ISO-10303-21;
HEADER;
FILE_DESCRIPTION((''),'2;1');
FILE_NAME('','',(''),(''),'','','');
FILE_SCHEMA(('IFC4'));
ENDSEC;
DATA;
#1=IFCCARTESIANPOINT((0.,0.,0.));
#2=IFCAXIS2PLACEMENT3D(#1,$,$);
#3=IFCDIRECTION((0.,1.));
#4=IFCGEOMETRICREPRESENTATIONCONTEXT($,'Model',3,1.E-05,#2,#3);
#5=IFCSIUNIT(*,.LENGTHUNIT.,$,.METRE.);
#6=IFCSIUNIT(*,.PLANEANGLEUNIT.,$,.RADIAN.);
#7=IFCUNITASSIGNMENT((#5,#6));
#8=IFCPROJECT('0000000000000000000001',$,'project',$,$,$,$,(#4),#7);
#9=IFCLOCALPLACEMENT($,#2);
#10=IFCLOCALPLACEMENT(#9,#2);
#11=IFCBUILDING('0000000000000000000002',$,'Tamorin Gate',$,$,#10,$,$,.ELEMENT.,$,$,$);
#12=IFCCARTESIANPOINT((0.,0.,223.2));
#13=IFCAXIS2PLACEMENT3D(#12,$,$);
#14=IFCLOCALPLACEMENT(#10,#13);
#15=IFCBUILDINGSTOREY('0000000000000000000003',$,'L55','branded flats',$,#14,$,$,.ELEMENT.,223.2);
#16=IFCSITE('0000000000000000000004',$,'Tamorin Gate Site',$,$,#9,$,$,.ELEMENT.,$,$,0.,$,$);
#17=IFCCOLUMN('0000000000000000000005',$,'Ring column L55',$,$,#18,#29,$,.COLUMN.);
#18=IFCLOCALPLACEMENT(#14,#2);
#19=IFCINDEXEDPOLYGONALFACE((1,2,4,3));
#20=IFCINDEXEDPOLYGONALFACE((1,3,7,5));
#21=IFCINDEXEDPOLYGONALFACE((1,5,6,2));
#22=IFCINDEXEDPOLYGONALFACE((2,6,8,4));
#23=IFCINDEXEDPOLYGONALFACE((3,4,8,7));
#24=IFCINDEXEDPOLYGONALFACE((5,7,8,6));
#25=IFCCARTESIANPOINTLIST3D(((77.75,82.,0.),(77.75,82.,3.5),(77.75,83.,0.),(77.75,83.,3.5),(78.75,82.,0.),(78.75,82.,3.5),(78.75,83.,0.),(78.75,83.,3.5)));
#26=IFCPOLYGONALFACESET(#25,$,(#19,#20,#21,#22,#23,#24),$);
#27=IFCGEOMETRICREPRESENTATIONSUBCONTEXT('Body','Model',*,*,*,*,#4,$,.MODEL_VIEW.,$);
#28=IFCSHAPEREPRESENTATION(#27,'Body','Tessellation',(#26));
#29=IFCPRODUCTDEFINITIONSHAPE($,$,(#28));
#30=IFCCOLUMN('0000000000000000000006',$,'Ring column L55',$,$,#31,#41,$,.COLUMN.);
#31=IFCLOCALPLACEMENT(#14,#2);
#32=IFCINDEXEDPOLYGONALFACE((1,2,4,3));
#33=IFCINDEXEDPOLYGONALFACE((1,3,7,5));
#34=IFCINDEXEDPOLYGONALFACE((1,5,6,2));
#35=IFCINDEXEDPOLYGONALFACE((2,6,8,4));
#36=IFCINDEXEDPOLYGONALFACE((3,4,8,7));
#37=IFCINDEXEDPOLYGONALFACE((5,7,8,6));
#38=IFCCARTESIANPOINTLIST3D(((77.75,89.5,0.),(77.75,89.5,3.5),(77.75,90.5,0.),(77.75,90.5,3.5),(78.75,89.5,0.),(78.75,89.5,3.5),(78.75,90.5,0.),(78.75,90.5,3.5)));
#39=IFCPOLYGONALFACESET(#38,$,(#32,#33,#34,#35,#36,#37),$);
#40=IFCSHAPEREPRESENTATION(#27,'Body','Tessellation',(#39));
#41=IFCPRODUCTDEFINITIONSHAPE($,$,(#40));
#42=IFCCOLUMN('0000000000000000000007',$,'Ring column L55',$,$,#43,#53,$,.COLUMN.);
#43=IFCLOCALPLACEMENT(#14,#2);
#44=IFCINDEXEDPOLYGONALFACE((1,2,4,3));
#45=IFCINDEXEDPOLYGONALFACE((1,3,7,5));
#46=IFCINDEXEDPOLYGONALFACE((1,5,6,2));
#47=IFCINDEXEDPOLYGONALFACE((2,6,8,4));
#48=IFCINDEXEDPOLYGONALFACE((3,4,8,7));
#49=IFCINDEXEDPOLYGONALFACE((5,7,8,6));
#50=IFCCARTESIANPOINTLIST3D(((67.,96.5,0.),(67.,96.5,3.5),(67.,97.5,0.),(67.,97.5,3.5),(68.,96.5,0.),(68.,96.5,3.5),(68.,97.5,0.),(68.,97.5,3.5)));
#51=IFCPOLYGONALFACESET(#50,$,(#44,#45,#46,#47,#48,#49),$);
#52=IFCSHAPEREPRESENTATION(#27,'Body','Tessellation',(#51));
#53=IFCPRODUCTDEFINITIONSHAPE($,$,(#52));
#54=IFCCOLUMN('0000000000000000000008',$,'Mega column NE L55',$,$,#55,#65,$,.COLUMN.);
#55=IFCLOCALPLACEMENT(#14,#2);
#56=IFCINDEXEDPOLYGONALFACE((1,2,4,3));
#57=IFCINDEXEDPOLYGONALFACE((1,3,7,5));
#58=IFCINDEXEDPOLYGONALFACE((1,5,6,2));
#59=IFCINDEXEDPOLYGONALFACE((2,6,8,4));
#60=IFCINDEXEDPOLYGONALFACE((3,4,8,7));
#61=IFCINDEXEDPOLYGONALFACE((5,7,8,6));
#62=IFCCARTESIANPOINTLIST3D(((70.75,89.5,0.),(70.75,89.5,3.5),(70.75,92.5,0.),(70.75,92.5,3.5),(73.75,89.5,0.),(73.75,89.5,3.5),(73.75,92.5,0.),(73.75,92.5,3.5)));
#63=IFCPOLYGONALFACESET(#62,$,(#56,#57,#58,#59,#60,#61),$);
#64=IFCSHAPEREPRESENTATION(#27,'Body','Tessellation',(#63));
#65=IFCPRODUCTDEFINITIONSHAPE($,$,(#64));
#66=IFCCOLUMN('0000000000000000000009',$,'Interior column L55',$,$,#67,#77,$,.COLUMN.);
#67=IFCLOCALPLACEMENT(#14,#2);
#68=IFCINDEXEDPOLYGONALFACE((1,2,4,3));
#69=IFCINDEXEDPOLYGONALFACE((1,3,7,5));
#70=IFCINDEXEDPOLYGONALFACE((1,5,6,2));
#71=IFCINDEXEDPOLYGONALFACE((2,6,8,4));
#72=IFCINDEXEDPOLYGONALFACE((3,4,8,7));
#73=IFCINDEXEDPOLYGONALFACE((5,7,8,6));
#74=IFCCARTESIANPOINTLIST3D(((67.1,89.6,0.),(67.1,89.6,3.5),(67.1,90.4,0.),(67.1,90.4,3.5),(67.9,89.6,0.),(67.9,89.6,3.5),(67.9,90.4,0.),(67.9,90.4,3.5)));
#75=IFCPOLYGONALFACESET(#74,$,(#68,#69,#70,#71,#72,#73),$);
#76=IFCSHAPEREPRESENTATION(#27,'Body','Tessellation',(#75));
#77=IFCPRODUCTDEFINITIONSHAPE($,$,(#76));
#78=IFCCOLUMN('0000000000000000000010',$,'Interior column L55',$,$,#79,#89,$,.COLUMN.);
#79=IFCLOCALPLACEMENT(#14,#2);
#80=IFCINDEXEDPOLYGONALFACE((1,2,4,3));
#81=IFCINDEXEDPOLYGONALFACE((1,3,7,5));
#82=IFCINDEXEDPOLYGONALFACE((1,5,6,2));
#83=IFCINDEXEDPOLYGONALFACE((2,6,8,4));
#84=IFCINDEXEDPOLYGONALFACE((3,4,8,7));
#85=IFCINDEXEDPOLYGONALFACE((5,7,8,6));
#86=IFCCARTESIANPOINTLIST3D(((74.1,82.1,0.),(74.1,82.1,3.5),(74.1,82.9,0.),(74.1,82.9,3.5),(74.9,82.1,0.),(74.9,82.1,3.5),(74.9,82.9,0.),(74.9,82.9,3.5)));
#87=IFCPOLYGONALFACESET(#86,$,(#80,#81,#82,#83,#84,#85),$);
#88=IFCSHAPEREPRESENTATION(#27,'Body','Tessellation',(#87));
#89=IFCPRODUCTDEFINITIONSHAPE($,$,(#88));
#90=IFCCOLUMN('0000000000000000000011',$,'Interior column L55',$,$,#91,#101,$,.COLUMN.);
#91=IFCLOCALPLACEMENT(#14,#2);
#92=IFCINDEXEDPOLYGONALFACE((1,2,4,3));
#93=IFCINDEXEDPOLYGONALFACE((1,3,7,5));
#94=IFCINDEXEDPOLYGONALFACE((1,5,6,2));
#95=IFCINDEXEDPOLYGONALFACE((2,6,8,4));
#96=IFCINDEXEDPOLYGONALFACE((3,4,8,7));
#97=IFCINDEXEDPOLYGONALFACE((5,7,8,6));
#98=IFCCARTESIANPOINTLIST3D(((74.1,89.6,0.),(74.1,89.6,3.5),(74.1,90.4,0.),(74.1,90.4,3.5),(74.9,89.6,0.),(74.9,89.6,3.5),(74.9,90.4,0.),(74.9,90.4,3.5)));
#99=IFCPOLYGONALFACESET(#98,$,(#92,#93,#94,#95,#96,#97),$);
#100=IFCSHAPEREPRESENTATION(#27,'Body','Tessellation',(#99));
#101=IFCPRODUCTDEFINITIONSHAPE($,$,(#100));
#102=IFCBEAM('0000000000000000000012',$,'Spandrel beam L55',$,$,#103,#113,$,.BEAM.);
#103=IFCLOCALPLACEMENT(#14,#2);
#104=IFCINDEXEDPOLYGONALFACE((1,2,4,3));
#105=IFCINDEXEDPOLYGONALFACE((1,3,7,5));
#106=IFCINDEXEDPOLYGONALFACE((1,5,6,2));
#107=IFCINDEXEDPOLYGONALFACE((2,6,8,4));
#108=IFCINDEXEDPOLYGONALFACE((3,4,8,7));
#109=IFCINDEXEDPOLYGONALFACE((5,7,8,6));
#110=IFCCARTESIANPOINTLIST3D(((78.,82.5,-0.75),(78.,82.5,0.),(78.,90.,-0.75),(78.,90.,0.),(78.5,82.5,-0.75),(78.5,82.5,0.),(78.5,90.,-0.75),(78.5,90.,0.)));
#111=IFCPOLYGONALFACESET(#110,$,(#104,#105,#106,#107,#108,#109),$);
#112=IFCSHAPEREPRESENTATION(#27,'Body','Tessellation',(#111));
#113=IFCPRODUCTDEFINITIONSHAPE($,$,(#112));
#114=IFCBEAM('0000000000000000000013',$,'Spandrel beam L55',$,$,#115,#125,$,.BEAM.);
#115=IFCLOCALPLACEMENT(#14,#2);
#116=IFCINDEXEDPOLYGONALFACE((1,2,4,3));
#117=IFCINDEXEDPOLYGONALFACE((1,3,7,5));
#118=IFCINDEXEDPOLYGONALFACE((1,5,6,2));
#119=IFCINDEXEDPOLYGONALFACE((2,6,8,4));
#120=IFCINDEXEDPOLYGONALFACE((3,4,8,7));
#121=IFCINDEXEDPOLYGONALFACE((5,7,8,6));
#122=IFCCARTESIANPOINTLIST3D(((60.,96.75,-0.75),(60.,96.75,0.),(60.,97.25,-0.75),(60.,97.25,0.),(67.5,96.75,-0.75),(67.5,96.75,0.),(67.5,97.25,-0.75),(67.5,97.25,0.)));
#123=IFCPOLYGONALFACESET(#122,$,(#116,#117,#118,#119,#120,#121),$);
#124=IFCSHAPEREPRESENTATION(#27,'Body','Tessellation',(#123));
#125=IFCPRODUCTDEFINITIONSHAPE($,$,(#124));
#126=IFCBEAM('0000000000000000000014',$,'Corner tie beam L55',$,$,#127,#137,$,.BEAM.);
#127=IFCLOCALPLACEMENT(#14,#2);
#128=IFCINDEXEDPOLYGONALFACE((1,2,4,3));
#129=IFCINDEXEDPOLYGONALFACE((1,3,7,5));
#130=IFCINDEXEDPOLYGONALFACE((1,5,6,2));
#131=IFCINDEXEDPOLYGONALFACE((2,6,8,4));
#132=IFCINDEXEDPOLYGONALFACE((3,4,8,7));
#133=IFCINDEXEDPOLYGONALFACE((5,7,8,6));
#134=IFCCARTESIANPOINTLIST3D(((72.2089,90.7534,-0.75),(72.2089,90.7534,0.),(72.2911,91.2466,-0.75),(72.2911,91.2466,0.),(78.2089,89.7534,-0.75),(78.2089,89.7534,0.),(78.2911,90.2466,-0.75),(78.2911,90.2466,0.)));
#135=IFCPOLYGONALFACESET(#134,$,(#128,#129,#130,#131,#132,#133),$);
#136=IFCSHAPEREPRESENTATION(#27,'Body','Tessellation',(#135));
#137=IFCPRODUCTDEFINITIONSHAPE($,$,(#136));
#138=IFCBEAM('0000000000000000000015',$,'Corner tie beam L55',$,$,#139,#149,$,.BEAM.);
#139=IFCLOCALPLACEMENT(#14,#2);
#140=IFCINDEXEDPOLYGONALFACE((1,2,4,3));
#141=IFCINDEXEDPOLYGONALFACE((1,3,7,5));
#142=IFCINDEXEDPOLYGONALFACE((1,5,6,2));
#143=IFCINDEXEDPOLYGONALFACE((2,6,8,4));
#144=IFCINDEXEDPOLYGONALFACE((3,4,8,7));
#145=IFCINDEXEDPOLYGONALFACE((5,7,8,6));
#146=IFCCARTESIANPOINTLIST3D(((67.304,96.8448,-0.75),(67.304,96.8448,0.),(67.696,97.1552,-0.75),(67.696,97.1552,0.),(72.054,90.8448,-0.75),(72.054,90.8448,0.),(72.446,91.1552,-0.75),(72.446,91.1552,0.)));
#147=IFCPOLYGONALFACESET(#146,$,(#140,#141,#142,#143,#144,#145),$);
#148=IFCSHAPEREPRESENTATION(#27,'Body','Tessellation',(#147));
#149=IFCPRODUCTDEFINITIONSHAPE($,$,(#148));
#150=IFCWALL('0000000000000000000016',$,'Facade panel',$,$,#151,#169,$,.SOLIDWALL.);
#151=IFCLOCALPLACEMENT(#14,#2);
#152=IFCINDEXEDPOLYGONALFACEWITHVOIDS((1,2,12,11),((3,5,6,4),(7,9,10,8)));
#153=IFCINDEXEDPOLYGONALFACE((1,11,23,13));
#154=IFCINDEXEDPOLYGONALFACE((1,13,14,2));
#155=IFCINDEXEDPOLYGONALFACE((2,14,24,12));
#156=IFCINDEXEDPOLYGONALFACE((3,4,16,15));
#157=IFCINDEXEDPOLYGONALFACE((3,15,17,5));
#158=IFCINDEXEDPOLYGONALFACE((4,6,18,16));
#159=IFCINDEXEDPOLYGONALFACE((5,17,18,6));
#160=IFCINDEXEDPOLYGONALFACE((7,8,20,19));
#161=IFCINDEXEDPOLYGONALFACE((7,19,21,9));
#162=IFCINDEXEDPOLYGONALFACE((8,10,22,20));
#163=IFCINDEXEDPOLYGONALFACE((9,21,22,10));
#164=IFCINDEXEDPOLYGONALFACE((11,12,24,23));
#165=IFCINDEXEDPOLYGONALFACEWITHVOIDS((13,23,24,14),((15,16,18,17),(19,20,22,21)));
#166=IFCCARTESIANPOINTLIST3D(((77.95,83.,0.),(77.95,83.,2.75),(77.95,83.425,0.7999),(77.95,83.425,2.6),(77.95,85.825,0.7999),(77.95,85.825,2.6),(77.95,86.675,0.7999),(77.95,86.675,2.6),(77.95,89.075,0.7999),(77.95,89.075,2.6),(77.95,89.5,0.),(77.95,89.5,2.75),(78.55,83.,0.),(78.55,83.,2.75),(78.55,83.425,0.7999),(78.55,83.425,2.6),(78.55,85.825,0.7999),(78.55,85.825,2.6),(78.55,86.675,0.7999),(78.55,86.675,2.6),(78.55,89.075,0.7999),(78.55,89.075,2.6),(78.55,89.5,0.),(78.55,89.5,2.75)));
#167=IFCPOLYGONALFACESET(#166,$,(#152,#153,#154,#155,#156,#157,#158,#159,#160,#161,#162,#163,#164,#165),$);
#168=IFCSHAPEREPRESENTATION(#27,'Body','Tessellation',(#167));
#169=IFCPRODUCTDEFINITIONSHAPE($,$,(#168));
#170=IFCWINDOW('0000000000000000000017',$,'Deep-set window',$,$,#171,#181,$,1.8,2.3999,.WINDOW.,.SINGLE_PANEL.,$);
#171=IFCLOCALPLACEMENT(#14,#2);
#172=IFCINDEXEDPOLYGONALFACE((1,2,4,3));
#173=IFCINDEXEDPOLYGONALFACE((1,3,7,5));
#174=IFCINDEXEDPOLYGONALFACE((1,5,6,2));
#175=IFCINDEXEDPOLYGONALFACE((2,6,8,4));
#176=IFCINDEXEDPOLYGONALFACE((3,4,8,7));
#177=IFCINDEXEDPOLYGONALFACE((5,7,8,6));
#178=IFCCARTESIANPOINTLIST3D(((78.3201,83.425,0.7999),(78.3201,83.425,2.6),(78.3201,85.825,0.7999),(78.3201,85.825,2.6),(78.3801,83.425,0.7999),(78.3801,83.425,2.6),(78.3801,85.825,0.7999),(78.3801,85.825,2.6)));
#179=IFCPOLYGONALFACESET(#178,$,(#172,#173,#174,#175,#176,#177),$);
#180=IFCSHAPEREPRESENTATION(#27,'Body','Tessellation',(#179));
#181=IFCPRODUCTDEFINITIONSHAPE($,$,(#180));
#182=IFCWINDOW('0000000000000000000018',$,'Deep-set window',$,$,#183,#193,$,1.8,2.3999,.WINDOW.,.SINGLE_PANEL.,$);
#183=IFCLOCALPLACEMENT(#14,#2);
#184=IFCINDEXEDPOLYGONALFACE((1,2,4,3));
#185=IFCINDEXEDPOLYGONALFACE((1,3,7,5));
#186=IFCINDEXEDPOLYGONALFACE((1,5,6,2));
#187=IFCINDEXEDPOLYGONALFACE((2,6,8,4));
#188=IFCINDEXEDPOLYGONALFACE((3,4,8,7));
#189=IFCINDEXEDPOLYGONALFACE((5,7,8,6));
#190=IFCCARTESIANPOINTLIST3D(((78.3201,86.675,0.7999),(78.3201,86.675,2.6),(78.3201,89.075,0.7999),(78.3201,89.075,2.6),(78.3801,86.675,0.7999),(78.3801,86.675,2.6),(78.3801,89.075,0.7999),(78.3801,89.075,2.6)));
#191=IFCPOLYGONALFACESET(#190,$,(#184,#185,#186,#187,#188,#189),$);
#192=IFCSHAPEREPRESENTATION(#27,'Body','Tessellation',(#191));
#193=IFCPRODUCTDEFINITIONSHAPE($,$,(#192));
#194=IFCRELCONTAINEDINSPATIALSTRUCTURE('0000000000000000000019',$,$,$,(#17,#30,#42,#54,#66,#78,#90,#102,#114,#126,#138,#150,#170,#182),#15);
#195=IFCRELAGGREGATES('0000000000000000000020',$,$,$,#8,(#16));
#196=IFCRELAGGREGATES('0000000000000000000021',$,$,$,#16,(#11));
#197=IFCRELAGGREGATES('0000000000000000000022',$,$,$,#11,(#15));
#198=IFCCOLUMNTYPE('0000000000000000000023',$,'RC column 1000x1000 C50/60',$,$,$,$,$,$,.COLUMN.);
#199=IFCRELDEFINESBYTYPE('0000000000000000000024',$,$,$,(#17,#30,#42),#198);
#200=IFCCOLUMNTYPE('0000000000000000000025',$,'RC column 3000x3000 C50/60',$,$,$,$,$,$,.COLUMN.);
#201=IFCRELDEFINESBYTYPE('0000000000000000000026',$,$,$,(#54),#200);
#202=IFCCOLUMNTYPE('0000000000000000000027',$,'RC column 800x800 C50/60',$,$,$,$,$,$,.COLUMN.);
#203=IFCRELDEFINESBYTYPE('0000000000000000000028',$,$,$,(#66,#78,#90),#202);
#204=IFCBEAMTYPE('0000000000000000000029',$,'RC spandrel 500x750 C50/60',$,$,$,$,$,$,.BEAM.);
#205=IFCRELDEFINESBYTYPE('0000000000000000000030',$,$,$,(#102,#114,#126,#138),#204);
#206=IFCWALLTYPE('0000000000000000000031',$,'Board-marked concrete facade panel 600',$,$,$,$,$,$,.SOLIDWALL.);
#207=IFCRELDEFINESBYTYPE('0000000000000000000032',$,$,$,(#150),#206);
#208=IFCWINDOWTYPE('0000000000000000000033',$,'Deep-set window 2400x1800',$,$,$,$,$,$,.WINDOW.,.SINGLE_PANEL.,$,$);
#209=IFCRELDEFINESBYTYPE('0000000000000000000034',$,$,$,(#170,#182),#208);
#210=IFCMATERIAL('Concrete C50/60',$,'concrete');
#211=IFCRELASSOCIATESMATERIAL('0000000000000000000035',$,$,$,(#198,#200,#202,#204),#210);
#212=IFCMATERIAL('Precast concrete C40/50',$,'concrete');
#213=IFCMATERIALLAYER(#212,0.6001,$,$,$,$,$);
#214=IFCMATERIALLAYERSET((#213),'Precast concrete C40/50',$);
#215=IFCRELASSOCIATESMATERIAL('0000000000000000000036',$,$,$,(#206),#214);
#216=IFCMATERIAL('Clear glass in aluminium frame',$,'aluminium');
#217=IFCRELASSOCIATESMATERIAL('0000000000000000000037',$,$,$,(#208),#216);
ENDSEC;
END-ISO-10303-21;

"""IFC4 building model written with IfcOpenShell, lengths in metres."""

from ifc_helpers import new_model, si_unit, direction, frame, frame_2d, origin, origin_2d, place, context, subcontext, project, spatial, rectangle, extrude, material, layer, layer_set, material_profile, profile_set, type_object, element, fill, save


model = new_model("IFC4")

# Units and contexts
model_context = context("Model", 3, precision=1e-05, world=origin(), true_north=direction((0.0, 1.0)))
body_context = subcontext(model_context, "Body", "Model", "MODEL_VIEW")
ifc_project = project(units=[si_unit("LENGTHUNIT", "METRE"), si_unit("PLANEANGLEUNIT", "RADIAN")], contexts=[model_context])

# Site, building, storey
site_placement = place(None, origin())
site = spatial("IfcSite", under=ifc_project, at=site_placement, Name="Tamorin Gate Site", CompositionType="ELEMENT", RefElevation=0.0)
building_placement = place(site_placement, origin())
building = spatial("IfcBuilding", under=site, at=building_placement, Name="Tamorin Gate", CompositionType="ELEMENT")
storey_placement = place(building_placement, frame((0.0, 0.0, 223.2)))
storey = spatial("IfcBuildingStorey", under=building, at=storey_placement, Name="L55", Description="branded flats", CompositionType="ELEMENT", Elevation=223.2)

# Columns
ifc_material_1 = material(Name="Concrete C50/60", Category="concrete")
ifc_material_profile_1 = material_profile(ifc_material_1, rectangle(XDim=1.0, YDim=1.0, at=origin_2d()), Name="RC 1000x1000")
ifc_profile_set_1 = profile_set([ifc_material_profile_1], Name="Concrete C50/60")
column_type_1 = type_object("IfcColumnType", Name="RC column 1000x1000 C50/60", PredefinedType="COLUMN", material=ifc_profile_set_1)
for number, where, z_axis, x_axis, name in (
    (1, (78.25, 82.5, 0.0), (0.0, 0.0, 1.0), (1.0, 0.0, 0.0), "Ring column L55"),
    (2, (78.25, 90.0, 0.0), (0.0, 0.0, 1.0), (1.0, 0.0, 0.0), "Ring column L55"),
    (3, (67.5, 97.0, 0.0), (0.0, 0.0, 1.0), (1.0, 0.0, 0.0), "Ring column L55"),
):
    element("IfcColumn", number, at=place(storey_placement, frame(where, z_axis=z_axis, x_axis=x_axis)), inside=storey, type_object=column_type_1, Name=name, PredefinedType="COLUMN", context=body_context, shape_type="SweptSolid", body=[
        extrude(rectangle(XDim=1.0, YDim=1.0, at=origin_2d()), origin(), (0.0, 0.0, 1.0), 3.5),
    ])
ifc_material_profile_2 = material_profile(ifc_material_1, rectangle(XDim=3.0, YDim=3.0, at=origin_2d()), Name="RC 3000x3000")
ifc_profile_set_2 = profile_set([ifc_material_profile_2], Name="Concrete C50/60")
column_type_2 = type_object("IfcColumnType", Name="RC column 3000x3000 C50/60", PredefinedType="COLUMN", material=ifc_profile_set_2)
column_placement = place(storey_placement, frame((72.25, 91.0, 0.0), z_axis=(0.0, 0.0, 1.0), x_axis=(1.0, 0.0, 0.0)))
element("IfcColumn", 4, at=column_placement, inside=storey, type_object=column_type_2, Name="Mega column NE L55", PredefinedType="COLUMN", context=body_context, shape_type="SweptSolid", body=[
    extrude(rectangle(XDim=3.0, YDim=3.0, at=origin_2d()), origin(), (0.0, 0.0, 1.0), 3.5),
])
ifc_material_profile_3 = material_profile(ifc_material_1, rectangle(XDim=0.8, YDim=0.8, at=origin_2d()), Name="RC 800x800")
ifc_profile_set_3 = profile_set([ifc_material_profile_3], Name="Concrete C50/60")
column_type_3 = type_object("IfcColumnType", Name="RC column 800x800 C50/60", PredefinedType="COLUMN", material=ifc_profile_set_3)
for number, where, z_axis, x_axis, name in (
    (5, (67.5, 90.0, 0.0), (0.0, 0.0, 1.0), (1.0, 0.0, 0.0), "Interior column L55"),
    (6, (74.5, 82.5, 0.0), (0.0, 0.0, 1.0), (1.0, 0.0, 0.0), "Interior column L55"),
    (7, (74.5, 90.0, 0.0), (0.0, 0.0, 1.0), (1.0, 0.0, 0.0), "Interior column L55"),
):
    element("IfcColumn", number, at=place(storey_placement, frame(where, z_axis=z_axis, x_axis=x_axis)), inside=storey, type_object=column_type_3, Name=name, PredefinedType="COLUMN", context=body_context, shape_type="SweptSolid", body=[
        extrude(rectangle(XDim=0.8, YDim=0.8, at=origin_2d()), origin(), (0.0, 0.0, 1.0), 3.5),
    ])

# Beams
ifc_material_profile_4 = material_profile(ifc_material_1, rectangle(XDim=0.5, YDim=0.75, at=origin_2d()), Name="RC 500x750")
ifc_profile_set_4 = profile_set([ifc_material_profile_4], Name="Concrete C50/60")
beam_type = type_object("IfcBeamType", Name="RC spandrel 500x750 C50/60", PredefinedType="BEAM", material=ifc_profile_set_4)
for number, where, z_axis, x_axis, name in (
    (8, (78.25, 82.5, -0.375), (0.0, 1.0, 0.0), (-1.0, 0.0, 0.0), "Spandrel beam L55"),
    (9, (67.5, 97.0, -0.375), (-1.0, 0.0, 0.0), (0.0, -1.0, 0.0), "Spandrel beam L55"),
):
    element("IfcBeam", number, at=place(storey_placement, frame(where, z_axis=z_axis, x_axis=x_axis)), inside=storey, type_object=beam_type, Name=name, PredefinedType="BEAM", context=body_context, shape_type="SweptSolid", body=[
        extrude(rectangle(XDim=0.5, YDim=0.75, at=origin_2d()), origin(), (0.0, 0.0, 1.0), 7.5),
    ])
beam_1_placement = place(storey_placement, frame((72.25, 91.0, -0.375), z_axis=(0.986394, -0.164399, 0.0), x_axis=(0.164399, 0.986394, 0.0)))
element("IfcBeam", 10, at=beam_1_placement, inside=storey, type_object=beam_type, Name="Corner tie beam L55", PredefinedType="BEAM", context=body_context, shape_type="SweptSolid", body=[
    extrude(rectangle(XDim=0.5, YDim=0.75, at=origin_2d()), origin(), (0.0, 0.0, 1.0), 6.0828),
])
beam_2_placement = place(storey_placement, frame((72.25, 91.0, -0.375), z_axis=(-0.620703, 0.784046, 0.0), x_axis=(-0.784046, -0.620703, 0.0)))
element("IfcBeam", 11, at=beam_2_placement, inside=storey, type_object=beam_type, Name="Corner tie beam L55", PredefinedType="BEAM", context=body_context, shape_type="SweptSolid", body=[
    extrude(rectangle(XDim=0.5, YDim=0.75, at=origin_2d()), origin(), (0.0, 0.0, 1.0), 7.6526),
])

# Wall, openings, windows
ifc_material_2 = material(Name="Precast concrete C40/50", Category="concrete")
ifc_layer = layer(ifc_material_2, 0.6001)
ifc_layer_set = layer_set([ifc_layer], Name="Precast concrete C40/50")
wall_type = type_object("IfcWallType", Name="Board-marked concrete facade panel 600", PredefinedType="SOLIDWALL", material=ifc_layer_set)
wall_1_placement = place(storey_placement, frame((78.25, 83.0, 0.0), z_axis=(0.0, 0.0, 1.0), x_axis=(0.0, 1.0, 0.0)))
wall_1 = element("IfcWall", 12, at=wall_1_placement, inside=storey, type_object=wall_type, Name="Facade panel", PredefinedType="SOLIDWALL", context=body_context, shape_type="SweptSolid", body=[
    extrude(rectangle(XDim=6.5, YDim=0.6001, at=frame_2d((3.25, 0.0))), origin(), (0.0, 0.0, 1.0), 2.75),
])
opening_1_placement = place(wall_1_placement, frame((0.425, 0.0, 0.8)))
opening_1 = element("IfcOpeningElement", 13, at=opening_1_placement, cuts=wall_1, PredefinedType="OPENING", context=body_context, shape_type="SweptSolid", body=[
    extrude(rectangle(XDim=2.3999, YDim=1.8, at=frame_2d((1.2, 0.8999))), frame((0.0, 0.3101, 0.0), z_axis=(0.0, -1.0, 0.0), x_axis=(1.0, 0.0, 0.0)), (0.0, 0.0, 1.0), 0.6201),
])
opening_2_placement = place(wall_1_placement, frame((3.675, 0.0, 0.8)))
opening_2 = element("IfcOpeningElement", 14, at=opening_2_placement, cuts=wall_1, PredefinedType="OPENING", context=body_context, shape_type="SweptSolid", body=[
    extrude(rectangle(XDim=2.3999, YDim=1.8, at=frame_2d((1.2, 0.8999))), frame((0.0, 0.3101, 0.0), z_axis=(0.0, -1.0, 0.0), x_axis=(1.0, 0.0, 0.0)), (0.0, 0.0, 1.0), 0.6201),
])
ifc_material_3 = material(Name="Clear glass in aluminium frame", Category="aluminium")
window_type = type_object("IfcWindowType", Name="Deep-set window 2400x1800", PartitioningType="SINGLE_PANEL", PredefinedType="WINDOW", material=ifc_material_3)
window_1_placement = place(opening_1_placement, origin())
window_1 = element("IfcWindow", 15, at=window_1_placement, inside=storey, type_object=window_type, Name="Deep-set window", OverallHeight=1.8, OverallWidth=2.3999, PartitioningType="SINGLE_PANEL", PredefinedType="WINDOW", context=body_context, shape_type="SweptSolid", body=[
    extrude(rectangle(XDim=2.3999, YDim=1.8, at=frame_2d((1.2, 0.8999))), frame((0.0, -0.0701, 0.0), z_axis=(0.0, -1.0, 0.0), x_axis=(1.0, 0.0, 0.0)), (0.0, 0.0, 1.0), 0.0601),
])
fill(opening_1, window_1)
window_2_placement = place(opening_2_placement, origin())
window_2 = element("IfcWindow", 16, at=window_2_placement, inside=storey, type_object=window_type, Name="Deep-set window", OverallHeight=1.8, OverallWidth=2.3999, PartitioningType="SINGLE_PANEL", PredefinedType="WINDOW", context=body_context, shape_type="SweptSolid", body=[
    extrude(rectangle(XDim=2.3999, YDim=1.8, at=frame_2d((1.2, 0.8999))), frame((0.0, -0.0701, 0.0), z_axis=(0.0, -1.0, 0.0), x_axis=(1.0, 0.0, 0.0)), (0.0, 0.0, 1.0), 0.0601),
])
fill(opening_2, window_2)

save(model, "model.ifc")
